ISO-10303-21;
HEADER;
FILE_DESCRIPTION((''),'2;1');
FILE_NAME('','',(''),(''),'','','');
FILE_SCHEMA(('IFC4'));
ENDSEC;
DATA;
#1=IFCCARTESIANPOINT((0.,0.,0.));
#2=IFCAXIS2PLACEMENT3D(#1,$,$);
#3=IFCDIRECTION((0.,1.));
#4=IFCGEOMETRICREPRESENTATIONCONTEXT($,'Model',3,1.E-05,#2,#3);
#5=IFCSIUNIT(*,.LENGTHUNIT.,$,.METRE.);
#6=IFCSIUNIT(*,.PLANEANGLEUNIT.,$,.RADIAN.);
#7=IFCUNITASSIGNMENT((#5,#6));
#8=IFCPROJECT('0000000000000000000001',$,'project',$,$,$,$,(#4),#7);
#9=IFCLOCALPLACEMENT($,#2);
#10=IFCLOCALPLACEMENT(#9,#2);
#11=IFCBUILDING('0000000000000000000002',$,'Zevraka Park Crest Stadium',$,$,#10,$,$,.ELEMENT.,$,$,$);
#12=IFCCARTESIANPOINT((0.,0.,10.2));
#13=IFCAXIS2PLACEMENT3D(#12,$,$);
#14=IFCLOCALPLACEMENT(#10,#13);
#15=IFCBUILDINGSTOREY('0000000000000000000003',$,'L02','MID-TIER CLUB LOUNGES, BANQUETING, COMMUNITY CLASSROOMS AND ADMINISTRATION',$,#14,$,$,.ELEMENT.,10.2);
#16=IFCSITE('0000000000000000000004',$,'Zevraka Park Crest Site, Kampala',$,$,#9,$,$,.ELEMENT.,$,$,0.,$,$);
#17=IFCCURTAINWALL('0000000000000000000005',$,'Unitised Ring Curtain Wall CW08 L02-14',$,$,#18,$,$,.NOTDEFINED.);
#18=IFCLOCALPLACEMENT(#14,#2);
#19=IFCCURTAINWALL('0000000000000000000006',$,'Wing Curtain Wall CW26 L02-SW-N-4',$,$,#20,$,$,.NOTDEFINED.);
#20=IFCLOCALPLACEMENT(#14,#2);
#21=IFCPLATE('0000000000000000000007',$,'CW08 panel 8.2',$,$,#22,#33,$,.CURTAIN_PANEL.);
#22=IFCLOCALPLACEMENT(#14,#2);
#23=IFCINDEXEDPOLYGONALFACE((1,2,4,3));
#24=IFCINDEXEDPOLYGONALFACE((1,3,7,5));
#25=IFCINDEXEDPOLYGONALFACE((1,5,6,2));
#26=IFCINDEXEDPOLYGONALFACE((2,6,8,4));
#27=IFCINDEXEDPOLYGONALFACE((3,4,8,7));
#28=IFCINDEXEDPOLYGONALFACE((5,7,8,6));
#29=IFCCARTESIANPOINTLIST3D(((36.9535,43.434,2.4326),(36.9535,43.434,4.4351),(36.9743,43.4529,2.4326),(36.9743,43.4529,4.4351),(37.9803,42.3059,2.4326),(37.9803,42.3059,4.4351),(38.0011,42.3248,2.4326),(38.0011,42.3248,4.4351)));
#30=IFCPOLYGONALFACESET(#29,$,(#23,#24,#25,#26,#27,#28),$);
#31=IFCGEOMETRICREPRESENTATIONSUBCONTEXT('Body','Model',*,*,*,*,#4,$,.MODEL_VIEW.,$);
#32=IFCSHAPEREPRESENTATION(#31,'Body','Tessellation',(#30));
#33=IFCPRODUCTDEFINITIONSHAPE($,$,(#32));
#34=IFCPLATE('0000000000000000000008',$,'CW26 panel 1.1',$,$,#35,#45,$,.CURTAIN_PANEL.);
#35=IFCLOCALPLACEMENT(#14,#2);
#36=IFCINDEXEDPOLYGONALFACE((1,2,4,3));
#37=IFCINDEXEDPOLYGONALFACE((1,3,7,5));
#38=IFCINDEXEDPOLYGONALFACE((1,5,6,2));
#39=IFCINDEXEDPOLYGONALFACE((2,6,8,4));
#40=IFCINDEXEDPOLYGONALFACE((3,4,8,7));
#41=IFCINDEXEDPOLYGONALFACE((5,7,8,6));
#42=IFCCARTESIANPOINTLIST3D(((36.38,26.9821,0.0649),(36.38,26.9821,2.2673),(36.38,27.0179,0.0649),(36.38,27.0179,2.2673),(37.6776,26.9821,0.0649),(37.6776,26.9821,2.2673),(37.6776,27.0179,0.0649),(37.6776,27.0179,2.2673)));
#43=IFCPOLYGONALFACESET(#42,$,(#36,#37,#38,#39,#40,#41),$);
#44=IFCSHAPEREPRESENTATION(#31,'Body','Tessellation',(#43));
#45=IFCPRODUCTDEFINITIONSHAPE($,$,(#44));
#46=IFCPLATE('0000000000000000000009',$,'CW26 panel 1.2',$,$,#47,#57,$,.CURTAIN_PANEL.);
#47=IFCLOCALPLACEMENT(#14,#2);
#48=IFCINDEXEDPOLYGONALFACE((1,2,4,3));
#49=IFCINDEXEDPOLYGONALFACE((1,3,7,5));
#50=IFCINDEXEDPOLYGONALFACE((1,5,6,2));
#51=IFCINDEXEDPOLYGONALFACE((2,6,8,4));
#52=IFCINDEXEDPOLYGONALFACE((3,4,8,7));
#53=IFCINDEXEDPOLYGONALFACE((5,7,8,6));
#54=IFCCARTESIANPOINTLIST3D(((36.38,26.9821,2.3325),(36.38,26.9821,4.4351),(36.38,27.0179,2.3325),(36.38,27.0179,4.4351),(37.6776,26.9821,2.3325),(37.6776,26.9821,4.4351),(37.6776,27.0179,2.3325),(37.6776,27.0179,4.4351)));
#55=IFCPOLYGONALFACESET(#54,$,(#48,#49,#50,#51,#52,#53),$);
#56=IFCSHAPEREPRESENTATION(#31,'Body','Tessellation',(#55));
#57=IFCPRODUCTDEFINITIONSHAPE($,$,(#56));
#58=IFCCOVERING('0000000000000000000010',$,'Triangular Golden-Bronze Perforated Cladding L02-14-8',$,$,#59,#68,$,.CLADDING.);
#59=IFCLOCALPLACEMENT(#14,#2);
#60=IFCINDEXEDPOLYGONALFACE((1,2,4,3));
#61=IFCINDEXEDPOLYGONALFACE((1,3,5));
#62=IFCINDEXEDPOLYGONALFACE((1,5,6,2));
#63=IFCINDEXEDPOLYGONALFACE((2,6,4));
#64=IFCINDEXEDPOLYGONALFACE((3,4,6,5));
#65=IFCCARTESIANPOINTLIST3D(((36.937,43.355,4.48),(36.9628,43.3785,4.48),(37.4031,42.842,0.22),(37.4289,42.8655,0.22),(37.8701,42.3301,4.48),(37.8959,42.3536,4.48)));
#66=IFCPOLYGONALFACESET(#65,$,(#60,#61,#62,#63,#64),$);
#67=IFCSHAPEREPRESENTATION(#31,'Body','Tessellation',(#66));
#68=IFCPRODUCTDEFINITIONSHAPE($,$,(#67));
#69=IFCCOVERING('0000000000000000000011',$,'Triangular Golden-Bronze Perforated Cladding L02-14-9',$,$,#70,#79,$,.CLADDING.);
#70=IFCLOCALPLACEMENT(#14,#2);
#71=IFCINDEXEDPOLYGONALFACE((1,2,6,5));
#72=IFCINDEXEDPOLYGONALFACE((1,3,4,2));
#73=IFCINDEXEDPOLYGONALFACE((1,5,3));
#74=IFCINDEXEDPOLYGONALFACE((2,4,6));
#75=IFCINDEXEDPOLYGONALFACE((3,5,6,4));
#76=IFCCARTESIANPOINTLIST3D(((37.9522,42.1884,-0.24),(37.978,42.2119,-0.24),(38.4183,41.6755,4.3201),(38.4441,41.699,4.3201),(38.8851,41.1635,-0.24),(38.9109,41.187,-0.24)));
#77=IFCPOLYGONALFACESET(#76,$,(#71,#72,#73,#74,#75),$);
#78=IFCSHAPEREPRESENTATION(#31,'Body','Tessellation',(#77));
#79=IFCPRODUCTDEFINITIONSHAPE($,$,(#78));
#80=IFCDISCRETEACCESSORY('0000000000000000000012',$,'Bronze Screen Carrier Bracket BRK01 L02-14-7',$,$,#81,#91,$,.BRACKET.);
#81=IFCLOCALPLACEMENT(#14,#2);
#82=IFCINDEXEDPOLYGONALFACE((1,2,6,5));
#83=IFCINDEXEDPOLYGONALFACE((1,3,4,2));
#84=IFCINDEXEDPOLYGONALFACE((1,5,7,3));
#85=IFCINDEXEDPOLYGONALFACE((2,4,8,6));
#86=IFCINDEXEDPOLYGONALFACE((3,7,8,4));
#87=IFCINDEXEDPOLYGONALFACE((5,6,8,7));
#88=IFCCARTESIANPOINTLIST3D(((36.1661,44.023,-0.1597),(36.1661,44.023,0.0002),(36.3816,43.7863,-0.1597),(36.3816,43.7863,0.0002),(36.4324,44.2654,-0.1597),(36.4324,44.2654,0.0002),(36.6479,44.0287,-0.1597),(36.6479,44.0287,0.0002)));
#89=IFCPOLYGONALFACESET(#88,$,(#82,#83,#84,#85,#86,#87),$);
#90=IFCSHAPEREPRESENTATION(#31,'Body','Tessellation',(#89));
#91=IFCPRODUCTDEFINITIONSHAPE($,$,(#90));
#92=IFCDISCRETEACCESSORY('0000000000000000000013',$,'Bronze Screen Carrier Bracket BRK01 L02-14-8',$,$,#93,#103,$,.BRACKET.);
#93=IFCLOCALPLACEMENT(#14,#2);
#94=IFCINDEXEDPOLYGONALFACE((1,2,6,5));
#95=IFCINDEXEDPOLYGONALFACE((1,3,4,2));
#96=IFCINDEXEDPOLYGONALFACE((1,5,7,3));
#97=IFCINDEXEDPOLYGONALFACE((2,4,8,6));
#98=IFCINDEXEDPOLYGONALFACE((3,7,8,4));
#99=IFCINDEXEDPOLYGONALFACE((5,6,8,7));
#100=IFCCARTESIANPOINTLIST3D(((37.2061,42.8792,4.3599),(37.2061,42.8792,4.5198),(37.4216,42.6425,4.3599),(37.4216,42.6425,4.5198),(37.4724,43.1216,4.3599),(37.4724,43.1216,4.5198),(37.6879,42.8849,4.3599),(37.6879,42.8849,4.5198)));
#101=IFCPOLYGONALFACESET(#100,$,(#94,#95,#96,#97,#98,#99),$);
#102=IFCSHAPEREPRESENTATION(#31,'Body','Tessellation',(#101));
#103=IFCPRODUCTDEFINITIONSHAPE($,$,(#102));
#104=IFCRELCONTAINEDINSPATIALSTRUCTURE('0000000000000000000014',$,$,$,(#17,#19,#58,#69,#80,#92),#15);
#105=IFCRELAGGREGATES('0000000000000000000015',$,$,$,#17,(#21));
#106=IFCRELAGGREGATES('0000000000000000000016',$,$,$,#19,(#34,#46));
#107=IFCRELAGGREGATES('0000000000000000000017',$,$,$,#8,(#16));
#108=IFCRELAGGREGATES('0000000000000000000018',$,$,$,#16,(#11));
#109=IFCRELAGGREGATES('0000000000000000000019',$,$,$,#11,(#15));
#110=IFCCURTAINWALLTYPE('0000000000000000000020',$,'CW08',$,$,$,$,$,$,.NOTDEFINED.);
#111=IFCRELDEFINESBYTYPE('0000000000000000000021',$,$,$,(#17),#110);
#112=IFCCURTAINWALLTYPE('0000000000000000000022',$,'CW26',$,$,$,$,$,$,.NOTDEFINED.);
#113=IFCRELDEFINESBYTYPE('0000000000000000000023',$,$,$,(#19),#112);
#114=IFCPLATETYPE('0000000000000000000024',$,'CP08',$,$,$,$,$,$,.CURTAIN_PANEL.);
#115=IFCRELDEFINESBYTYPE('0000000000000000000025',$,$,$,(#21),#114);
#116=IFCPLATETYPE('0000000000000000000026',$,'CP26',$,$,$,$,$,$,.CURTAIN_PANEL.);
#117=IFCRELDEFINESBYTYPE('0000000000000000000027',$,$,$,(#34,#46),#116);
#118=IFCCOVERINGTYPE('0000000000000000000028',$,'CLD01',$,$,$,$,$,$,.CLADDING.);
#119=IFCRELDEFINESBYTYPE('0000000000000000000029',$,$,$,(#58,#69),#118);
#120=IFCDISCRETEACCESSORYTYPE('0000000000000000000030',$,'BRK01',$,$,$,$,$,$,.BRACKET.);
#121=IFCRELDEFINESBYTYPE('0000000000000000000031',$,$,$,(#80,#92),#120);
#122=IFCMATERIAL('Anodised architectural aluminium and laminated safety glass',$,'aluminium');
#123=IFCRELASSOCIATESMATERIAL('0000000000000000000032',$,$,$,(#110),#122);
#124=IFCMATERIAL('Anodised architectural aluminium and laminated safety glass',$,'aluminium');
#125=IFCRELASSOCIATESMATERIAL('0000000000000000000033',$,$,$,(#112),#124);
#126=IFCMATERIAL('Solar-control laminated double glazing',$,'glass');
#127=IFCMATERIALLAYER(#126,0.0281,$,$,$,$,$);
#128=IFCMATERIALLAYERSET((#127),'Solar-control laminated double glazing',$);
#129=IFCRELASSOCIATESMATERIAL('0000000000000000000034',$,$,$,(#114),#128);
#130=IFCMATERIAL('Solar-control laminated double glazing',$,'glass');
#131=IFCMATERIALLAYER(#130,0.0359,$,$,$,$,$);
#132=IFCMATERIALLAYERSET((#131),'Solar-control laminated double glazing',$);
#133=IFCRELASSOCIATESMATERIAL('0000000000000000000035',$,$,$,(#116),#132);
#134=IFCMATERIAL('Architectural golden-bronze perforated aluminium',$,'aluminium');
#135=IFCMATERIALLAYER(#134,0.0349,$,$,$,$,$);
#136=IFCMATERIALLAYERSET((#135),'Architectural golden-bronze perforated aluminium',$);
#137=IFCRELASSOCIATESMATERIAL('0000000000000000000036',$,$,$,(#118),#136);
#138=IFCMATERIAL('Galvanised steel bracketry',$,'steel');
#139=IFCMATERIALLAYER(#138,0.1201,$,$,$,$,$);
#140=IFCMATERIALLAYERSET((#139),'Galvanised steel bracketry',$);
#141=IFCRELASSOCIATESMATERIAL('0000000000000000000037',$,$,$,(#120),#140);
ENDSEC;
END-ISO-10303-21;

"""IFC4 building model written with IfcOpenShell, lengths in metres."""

from ifc_helpers import new_model, si_unit, direction, frame, origin, origin_2d, place, context, subcontext, project, spatial, polyline, rectangle, outline, extrude, material, layer, layer_set, type_object, element, aggregate, save


model = new_model("IFC4")

# Units and contexts
model_context = context("Model", 3, precision=1e-05, world=origin(), true_north=direction((0.0, 1.0)))
body_context = subcontext(model_context, "Body", "Model", "MODEL_VIEW")
ifc_project = project(units=[si_unit("LENGTHUNIT", "METRE"), si_unit("PLANEANGLEUNIT", "RADIAN")], contexts=[model_context])

# Site, building, storey
site_placement = place(None, origin())
site = spatial("IfcSite", under=ifc_project, at=site_placement, Name="Zevraka Park Crest Site, Kampala", CompositionType="ELEMENT", RefElevation=0.0)
building_placement = place(site_placement, origin())
building = spatial("IfcBuilding", under=site, at=building_placement, Name="Zevraka Park Crest Stadium", CompositionType="ELEMENT")
storey_placement = place(building_placement, frame((0.0, 0.0, 10.2)))
storey = spatial("IfcBuildingStorey", under=building, at=storey_placement, Name="L02", Description="MID-TIER CLUB LOUNGES, BANQUETING, COMMUNITY CLASSROOMS AND ADMINISTRATION", CompositionType="ELEMENT", Elevation=10.2)

# Curtain wall
ifc_material_1 = material(Name="Anodised architectural aluminium and laminated safety glass", Category="aluminium")
curtain_wall_type_1 = type_object("IfcCurtainWallType", Name="CW08", PredefinedType="NOTDEFINED", material=ifc_material_1)
curtain_wall_1_placement = place(storey_placement, origin())
curtain_wall_1 = element("IfcCurtainWall", 1, at=curtain_wall_1_placement, inside=storey, type_object=curtain_wall_type_1, Name="Unitised Ring Curtain Wall CW08 L02-14", PredefinedType="NOTDEFINED")

# Curtain wall
ifc_material_2 = material(Name="Anodised architectural aluminium and laminated safety glass", Category="aluminium")
curtain_wall_type_2 = type_object("IfcCurtainWallType", Name="CW26", PredefinedType="NOTDEFINED", material=ifc_material_2)
curtain_wall_2_placement = place(storey_placement, origin())
curtain_wall_2 = element("IfcCurtainWall", 2, at=curtain_wall_2_placement, inside=storey, type_object=curtain_wall_type_2, Name="Wing Curtain Wall CW26 L02-SW-N-4", PredefinedType="NOTDEFINED")

# Plates
ifc_material_3 = material(Name="Solar-control laminated double glazing", Category="glass")
ifc_layer_1 = layer(ifc_material_3, 0.0281)
ifc_layer_set_1 = layer_set([ifc_layer_1], Name="Solar-control laminated double glazing")
plate_type_1 = type_object("IfcPlateType", Name="CP08", PredefinedType="CURTAIN_PANEL", material=ifc_layer_set_1)
plate_1_placement = place(storey_placement, frame((37.4773, 42.8794, 2.4326), z_axis=(0.0, 0.0, 1.0), x_axis=(0.67316, -0.739497, 0.0)))
plate_1 = element("IfcPlate", 3, at=plate_1_placement, type_object=plate_type_1, Name="CW08 panel 8.2", PredefinedType="CURTAIN_PANEL", context=body_context, shape_type="SweptSolid", body=[
    extrude(rectangle(XDim=1.5254, YDim=0.0281, at=origin_2d()), origin(), (0.0, 0.0, 1.0), 2.0024),
])
aggregate(curtain_wall_1, [plate_1])
ifc_material_4 = material(Name="Solar-control laminated double glazing", Category="glass")
ifc_layer_2 = layer(ifc_material_4, 0.0359)
ifc_layer_set_2 = layer_set([ifc_layer_2], Name="Solar-control laminated double glazing")
plate_type_2 = type_object("IfcPlateType", Name="CP26", PredefinedType="CURTAIN_PANEL", material=ifc_layer_set_2)
plate_2_placement = place(storey_placement, frame((37.0288, 27.0, 0.0649), z_axis=(0.0, 0.0, 1.0), x_axis=(1.0, 0.0, 0.0)))
plate_2 = element("IfcPlate", 4, at=plate_2_placement, type_object=plate_type_2, Name="CW26 panel 1.1", PredefinedType="CURTAIN_PANEL", context=body_context, shape_type="SweptSolid", body=[
    extrude(rectangle(XDim=1.2976, YDim=0.0359, at=origin_2d()), origin(), (0.0, 0.0, 1.0), 2.2024),
])
plate_3_placement = place(storey_placement, frame((37.0288, 27.0, 2.3325), z_axis=(0.0, 0.0, 1.0), x_axis=(1.0, 0.0, 0.0)))
plate_3 = element("IfcPlate", 5, at=plate_3_placement, type_object=plate_type_2, Name="CW26 panel 1.2", PredefinedType="CURTAIN_PANEL", context=body_context, shape_type="SweptSolid", body=[
    extrude(rectangle(XDim=1.2976, YDim=0.0359, at=origin_2d()), origin(), (0.0, 0.0, 1.0), 2.1025),
])
aggregate(curtain_wall_2, [plate_2, plate_3])

# Coverings
ifc_material_5 = material(Name="Architectural golden-bronze perforated aluminium", Category="aluminium")
ifc_layer_3 = layer(ifc_material_5, 0.0349)
ifc_layer_set_3 = layer_set([ifc_layer_3], Name="Architectural golden-bronze perforated aluminium")
covering_type = type_object("IfcCoveringType", Name="CLD01", PredefinedType="CLADDING", material=ifc_layer_set_3)
covering_1_placement = place(storey_placement, frame((37.8701, 42.3301, 4.48), z_axis=(-0.739446, -0.673216, 0.000162), x_axis=(-0.673216, 0.739446, 0.0)))
element("IfcCovering", 6, at=covering_1_placement, inside=storey, type_object=covering_type, Name="Triangular Golden-Bronze Perforated Cladding L02-14-8", PredefinedType="CLADDING", context=body_context, shape_type="SweptSolid", body=[
    extrude(outline(polyline([(0.0, 0.0), (1.386, 0.0), (0.693, 4.26), (0.0, 0.0)])), origin(), (0.0, 0.0, -1.0), 0.0349),
])
covering_2_placement = place(storey_placement, frame((37.978, 42.2119, -0.24), z_axis=(0.739533, 0.67312, 0.000131), x_axis=(0.67312, -0.739533, 0.0)))
element("IfcCovering", 7, at=covering_2_placement, inside=storey, type_object=covering_type, Name="Triangular Golden-Bronze Perforated Cladding L02-14-9", PredefinedType="CLADDING", context=body_context, shape_type="SweptSolid", body=[
    extrude(outline(polyline([(0.0, 0.0), (1.3859, 0.0), (0.6931, -4.5601), (0.0, 0.0)])), origin(), (0.0, 0.0, -1.0), 0.0349),
])

# Discrete accessories
ifc_material_6 = material(Name="Galvanised steel bracketry", Category="steel")
ifc_layer_4 = layer(ifc_material_6, 0.1201)
ifc_layer_set_4 = layer_set([ifc_layer_4], Name="Galvanised steel bracketry")
discrete_accessory_type = type_object("IfcDiscreteAccessoryType", Name="BRK01", PredefinedType="BRACKET", material=ifc_layer_set_4)
for number, where, z_axis, x_axis, name in (
    (8, (36.407, 44.0259, -0.1597), (0.0, 0.0, 1.0), (0.673142, -0.739514, 0.0), "Bronze Screen Carrier Bracket BRK01 L02-14-7"),
    (9, (37.447, 42.8821, 4.3599), (0.0, 0.0, 1.0), (0.673142, -0.739514, 0.0), "Bronze Screen Carrier Bracket BRK01 L02-14-8"),
):
    element("IfcDiscreteAccessory", number, at=place(storey_placement, frame(where, z_axis=z_axis, x_axis=x_axis)), inside=storey, type_object=discrete_accessory_type, Name=name, PredefinedType="BRACKET", context=body_context, shape_type="SweptSolid", body=[
        extrude(rectangle(XDim=0.3201, YDim=0.3601, at=origin_2d()), origin(), (0.0, 0.0, 1.0), 0.1599),
    ])

save(model, "model.ifc")
